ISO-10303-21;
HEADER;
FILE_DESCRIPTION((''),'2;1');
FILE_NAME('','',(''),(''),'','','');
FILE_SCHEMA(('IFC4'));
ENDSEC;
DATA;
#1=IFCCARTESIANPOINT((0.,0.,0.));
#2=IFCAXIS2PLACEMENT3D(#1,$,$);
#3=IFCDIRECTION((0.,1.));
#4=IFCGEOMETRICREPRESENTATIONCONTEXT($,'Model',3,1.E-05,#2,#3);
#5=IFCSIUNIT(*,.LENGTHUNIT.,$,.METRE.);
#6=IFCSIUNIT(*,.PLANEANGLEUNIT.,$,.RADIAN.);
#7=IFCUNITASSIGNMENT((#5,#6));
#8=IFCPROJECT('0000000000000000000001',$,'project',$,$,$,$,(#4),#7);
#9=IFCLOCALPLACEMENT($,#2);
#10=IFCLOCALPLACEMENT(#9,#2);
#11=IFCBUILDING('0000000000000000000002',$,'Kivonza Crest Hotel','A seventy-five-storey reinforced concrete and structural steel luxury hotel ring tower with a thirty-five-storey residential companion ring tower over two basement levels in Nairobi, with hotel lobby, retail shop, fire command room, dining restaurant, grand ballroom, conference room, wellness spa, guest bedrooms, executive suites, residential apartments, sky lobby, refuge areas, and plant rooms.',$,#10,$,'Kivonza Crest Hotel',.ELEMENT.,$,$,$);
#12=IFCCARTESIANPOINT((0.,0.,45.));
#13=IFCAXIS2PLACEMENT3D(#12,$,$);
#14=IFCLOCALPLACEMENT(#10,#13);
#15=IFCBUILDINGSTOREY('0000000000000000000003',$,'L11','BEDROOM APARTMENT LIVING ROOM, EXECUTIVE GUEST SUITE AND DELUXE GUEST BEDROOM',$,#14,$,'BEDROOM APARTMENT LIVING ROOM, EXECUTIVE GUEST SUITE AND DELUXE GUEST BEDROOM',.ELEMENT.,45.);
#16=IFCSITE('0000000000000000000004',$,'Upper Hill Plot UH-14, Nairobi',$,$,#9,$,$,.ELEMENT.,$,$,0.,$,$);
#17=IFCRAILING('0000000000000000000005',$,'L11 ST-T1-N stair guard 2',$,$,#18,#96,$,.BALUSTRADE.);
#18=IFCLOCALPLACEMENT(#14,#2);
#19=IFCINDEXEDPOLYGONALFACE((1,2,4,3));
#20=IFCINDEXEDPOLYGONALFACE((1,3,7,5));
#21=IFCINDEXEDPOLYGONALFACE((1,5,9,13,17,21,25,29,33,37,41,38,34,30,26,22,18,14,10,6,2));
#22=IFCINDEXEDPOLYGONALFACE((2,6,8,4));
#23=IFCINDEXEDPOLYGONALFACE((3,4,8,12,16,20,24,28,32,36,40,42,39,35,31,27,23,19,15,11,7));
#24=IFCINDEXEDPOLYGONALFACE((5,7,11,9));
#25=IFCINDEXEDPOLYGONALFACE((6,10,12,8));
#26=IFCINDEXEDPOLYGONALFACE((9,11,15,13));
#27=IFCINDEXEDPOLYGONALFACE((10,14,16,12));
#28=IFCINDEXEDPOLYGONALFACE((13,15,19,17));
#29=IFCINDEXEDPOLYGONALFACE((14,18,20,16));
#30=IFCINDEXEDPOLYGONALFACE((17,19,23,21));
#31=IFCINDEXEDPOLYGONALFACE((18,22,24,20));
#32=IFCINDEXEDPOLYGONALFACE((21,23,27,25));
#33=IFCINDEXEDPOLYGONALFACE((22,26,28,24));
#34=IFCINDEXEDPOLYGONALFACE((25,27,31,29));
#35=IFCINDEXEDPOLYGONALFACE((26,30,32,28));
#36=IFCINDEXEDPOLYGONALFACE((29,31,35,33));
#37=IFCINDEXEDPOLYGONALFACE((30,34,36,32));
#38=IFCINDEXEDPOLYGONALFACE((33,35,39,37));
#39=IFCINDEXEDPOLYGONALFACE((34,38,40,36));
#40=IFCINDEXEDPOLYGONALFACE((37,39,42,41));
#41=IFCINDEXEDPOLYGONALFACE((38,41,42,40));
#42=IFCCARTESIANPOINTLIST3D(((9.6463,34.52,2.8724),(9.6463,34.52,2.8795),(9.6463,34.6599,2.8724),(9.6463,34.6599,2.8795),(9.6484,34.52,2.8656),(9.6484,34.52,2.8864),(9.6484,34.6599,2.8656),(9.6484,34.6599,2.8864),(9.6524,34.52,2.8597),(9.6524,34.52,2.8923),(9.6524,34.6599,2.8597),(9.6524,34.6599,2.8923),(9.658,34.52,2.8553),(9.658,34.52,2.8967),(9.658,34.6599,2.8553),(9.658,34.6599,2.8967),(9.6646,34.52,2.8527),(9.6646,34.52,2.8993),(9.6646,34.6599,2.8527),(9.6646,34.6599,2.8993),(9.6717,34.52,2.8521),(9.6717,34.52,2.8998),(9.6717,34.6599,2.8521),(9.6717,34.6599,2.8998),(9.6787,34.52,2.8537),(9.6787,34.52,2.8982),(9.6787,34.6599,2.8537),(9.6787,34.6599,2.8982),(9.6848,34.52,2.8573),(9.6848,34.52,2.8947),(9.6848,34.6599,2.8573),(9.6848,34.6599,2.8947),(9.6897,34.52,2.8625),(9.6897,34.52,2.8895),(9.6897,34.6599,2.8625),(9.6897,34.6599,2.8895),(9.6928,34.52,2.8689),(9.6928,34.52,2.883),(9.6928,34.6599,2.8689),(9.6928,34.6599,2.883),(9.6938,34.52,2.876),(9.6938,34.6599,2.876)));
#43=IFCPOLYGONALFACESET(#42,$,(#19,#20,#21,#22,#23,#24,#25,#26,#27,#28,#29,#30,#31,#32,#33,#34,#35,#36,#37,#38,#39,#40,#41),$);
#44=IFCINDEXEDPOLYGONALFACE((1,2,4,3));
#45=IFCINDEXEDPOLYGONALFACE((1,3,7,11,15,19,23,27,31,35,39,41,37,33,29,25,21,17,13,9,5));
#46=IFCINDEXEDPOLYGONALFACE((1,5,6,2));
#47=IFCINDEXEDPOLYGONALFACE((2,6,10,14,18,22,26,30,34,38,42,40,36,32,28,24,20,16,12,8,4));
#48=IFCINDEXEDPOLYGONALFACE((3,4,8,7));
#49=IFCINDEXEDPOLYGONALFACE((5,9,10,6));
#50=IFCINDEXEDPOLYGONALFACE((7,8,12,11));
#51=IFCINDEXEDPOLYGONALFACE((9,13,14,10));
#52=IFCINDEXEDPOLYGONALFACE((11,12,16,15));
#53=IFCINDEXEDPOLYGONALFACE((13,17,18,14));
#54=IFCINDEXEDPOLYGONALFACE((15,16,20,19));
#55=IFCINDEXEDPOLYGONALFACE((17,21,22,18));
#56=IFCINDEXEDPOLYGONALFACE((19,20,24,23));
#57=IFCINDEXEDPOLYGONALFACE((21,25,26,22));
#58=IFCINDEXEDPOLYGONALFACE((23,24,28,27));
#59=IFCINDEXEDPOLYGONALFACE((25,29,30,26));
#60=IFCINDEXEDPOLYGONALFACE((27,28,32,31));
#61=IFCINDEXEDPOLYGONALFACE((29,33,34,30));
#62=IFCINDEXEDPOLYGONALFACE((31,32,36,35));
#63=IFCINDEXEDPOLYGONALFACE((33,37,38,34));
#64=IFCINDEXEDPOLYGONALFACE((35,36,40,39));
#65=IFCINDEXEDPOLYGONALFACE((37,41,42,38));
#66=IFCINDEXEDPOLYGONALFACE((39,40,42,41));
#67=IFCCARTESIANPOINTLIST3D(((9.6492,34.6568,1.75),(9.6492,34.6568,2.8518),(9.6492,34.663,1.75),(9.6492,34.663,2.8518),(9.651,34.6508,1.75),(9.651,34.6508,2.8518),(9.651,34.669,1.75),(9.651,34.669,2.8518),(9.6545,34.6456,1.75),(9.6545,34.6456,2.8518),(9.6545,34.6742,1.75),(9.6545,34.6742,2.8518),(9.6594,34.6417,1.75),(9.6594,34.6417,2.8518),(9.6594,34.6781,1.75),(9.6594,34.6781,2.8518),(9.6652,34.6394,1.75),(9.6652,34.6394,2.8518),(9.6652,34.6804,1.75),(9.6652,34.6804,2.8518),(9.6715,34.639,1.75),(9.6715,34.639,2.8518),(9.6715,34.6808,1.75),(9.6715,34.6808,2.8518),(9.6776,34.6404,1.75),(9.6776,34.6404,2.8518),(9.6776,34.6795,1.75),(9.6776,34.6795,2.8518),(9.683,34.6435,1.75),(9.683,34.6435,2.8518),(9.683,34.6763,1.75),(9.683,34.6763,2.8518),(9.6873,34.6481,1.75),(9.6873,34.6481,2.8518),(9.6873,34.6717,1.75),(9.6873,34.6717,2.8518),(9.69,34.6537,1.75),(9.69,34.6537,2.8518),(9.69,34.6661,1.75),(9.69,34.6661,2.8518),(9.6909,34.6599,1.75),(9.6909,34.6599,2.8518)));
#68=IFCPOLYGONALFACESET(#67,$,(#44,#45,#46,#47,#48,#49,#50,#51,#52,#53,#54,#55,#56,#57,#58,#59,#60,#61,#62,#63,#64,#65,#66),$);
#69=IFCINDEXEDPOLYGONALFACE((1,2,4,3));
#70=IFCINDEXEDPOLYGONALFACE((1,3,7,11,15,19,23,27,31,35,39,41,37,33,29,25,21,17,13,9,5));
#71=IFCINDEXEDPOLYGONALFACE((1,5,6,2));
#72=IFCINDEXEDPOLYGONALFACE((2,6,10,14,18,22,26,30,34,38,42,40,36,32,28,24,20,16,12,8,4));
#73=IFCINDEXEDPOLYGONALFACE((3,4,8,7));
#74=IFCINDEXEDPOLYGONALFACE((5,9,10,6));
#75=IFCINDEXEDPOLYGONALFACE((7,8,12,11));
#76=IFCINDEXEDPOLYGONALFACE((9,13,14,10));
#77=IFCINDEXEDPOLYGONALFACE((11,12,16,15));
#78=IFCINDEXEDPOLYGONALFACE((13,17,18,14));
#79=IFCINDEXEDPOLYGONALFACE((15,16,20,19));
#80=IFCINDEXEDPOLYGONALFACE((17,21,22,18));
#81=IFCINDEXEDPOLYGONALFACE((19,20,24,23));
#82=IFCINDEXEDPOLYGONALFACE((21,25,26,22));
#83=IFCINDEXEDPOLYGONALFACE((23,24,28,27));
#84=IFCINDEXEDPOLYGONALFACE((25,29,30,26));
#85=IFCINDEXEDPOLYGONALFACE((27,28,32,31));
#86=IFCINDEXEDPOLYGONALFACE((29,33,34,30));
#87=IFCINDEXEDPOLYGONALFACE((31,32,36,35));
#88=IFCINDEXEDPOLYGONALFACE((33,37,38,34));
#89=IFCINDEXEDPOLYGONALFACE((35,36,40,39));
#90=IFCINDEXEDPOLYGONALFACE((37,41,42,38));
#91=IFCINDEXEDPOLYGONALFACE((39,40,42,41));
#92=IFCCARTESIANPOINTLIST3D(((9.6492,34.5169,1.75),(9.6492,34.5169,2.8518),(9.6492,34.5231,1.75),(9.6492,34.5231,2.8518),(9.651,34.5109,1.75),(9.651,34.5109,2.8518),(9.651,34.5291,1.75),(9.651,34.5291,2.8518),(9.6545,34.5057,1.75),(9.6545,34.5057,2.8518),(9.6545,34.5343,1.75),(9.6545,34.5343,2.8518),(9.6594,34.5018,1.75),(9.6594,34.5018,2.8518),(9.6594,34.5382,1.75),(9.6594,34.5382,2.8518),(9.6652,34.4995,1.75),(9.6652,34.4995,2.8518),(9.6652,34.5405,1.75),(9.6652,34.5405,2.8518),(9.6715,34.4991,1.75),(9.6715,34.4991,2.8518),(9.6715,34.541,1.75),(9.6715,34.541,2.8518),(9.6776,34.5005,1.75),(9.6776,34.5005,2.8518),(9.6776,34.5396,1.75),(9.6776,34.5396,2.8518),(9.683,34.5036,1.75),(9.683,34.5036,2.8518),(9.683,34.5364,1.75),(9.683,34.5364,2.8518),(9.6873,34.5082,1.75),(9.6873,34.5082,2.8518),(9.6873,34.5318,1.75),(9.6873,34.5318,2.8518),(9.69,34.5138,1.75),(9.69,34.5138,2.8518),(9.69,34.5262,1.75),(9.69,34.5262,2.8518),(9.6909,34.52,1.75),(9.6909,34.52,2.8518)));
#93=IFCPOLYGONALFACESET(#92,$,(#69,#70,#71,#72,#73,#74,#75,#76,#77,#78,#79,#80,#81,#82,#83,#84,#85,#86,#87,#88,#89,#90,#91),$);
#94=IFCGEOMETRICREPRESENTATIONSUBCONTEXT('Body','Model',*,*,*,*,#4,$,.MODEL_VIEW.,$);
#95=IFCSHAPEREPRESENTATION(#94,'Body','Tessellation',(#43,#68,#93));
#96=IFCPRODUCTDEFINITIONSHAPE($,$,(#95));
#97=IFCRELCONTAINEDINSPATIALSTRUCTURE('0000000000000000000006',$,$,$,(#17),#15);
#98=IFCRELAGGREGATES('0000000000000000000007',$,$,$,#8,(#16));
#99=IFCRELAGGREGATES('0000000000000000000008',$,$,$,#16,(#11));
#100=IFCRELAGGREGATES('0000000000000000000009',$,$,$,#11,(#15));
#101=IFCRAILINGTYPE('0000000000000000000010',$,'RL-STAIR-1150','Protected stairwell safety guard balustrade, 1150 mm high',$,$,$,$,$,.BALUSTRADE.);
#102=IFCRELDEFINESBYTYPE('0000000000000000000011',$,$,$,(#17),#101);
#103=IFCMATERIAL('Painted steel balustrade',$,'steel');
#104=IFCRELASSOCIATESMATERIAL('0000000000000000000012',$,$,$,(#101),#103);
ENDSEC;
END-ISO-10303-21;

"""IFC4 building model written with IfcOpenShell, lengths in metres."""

from ifc_helpers import new_model, si_unit, direction, frame, origin, origin_2d, place, context, subcontext, project, spatial, circle, extrude, material, type_object, element, save


model = new_model("IFC4")

# Units and contexts
model_context = context("Model", 3, precision=1e-05, world=origin(), true_north=direction((0.0, 1.0)))
body_context = subcontext(model_context, "Body", "Model", "MODEL_VIEW")
ifc_project = project(units=[si_unit("LENGTHUNIT", "METRE"), si_unit("PLANEANGLEUNIT", "RADIAN")], contexts=[model_context])

# Site, building, storey
site_placement = place(None, origin())
site = spatial("IfcSite", under=ifc_project, at=site_placement, Name="Upper Hill Plot UH-14, Nairobi", CompositionType="ELEMENT", RefElevation=0.0)
building_placement = place(site_placement, origin())
building = spatial("IfcBuilding", under=site, at=building_placement, Name="Kivonza Crest Hotel", Description="A seventy-five-storey reinforced concrete and structural steel luxury hotel ring tower with a thirty-five-storey residential companion ring tower over two basement levels in Nairobi, with hotel lobby, retail shop, fire command room, dining restaurant, grand ballroom, conference room, wellness spa, guest bedrooms, executive suites, residential apartments, sky lobby, refuge areas, and plant rooms.", LongName="Kivonza Crest Hotel", CompositionType="ELEMENT")
storey_placement = place(building_placement, frame((0.0, 0.0, 45.0)))
storey = spatial("IfcBuildingStorey", under=building, at=storey_placement, Name="L11", Description="BEDROOM APARTMENT LIVING ROOM, EXECUTIVE GUEST SUITE AND DELUXE GUEST BEDROOM", LongName="BEDROOM APARTMENT LIVING ROOM, EXECUTIVE GUEST SUITE AND DELUXE GUEST BEDROOM", CompositionType="ELEMENT", Elevation=45.0)

# Railing
ifc_material_1 = material(Name="Painted steel balustrade", Category="steel")
railing_type_1 = type_object("IfcRailingType", Name="RL-STAIR-1150", Description="Protected stairwell safety guard balustrade, 1150 mm high", PredefinedType="BALUSTRADE", material=ifc_material_1)
railing_1_placement = place(storey_placement, frame((9.6699, 34.6599, 1.75)))
element("IfcRailing", 1, at=railing_1_placement, inside=storey, type_object=railing_type_1, Name="L11 ST-T1-N stair guard 2", PredefinedType="BALUSTRADE", context=body_context, shape_type="SweptSolid", body=[
    extrude(circle(Radius=0.0239, at=origin_2d()), frame((0.0, 0.0, 1.126), z_axis=(0.0, -1.0, 0.0), x_axis=(1.0, 0.0, 0.0)), (0.0, 0.0, 1.0), 0.1399),
    extrude(circle(Radius=0.021, at=origin_2d()), origin(), (0.0, 0.0, 1.0), 1.1018),
    extrude(circle(Radius=0.021, at=origin_2d()), frame((0.0, -0.1399, 0.0)), (0.0, 0.0, 1.0), 1.1018),
])

save(model, "model.ifc")
